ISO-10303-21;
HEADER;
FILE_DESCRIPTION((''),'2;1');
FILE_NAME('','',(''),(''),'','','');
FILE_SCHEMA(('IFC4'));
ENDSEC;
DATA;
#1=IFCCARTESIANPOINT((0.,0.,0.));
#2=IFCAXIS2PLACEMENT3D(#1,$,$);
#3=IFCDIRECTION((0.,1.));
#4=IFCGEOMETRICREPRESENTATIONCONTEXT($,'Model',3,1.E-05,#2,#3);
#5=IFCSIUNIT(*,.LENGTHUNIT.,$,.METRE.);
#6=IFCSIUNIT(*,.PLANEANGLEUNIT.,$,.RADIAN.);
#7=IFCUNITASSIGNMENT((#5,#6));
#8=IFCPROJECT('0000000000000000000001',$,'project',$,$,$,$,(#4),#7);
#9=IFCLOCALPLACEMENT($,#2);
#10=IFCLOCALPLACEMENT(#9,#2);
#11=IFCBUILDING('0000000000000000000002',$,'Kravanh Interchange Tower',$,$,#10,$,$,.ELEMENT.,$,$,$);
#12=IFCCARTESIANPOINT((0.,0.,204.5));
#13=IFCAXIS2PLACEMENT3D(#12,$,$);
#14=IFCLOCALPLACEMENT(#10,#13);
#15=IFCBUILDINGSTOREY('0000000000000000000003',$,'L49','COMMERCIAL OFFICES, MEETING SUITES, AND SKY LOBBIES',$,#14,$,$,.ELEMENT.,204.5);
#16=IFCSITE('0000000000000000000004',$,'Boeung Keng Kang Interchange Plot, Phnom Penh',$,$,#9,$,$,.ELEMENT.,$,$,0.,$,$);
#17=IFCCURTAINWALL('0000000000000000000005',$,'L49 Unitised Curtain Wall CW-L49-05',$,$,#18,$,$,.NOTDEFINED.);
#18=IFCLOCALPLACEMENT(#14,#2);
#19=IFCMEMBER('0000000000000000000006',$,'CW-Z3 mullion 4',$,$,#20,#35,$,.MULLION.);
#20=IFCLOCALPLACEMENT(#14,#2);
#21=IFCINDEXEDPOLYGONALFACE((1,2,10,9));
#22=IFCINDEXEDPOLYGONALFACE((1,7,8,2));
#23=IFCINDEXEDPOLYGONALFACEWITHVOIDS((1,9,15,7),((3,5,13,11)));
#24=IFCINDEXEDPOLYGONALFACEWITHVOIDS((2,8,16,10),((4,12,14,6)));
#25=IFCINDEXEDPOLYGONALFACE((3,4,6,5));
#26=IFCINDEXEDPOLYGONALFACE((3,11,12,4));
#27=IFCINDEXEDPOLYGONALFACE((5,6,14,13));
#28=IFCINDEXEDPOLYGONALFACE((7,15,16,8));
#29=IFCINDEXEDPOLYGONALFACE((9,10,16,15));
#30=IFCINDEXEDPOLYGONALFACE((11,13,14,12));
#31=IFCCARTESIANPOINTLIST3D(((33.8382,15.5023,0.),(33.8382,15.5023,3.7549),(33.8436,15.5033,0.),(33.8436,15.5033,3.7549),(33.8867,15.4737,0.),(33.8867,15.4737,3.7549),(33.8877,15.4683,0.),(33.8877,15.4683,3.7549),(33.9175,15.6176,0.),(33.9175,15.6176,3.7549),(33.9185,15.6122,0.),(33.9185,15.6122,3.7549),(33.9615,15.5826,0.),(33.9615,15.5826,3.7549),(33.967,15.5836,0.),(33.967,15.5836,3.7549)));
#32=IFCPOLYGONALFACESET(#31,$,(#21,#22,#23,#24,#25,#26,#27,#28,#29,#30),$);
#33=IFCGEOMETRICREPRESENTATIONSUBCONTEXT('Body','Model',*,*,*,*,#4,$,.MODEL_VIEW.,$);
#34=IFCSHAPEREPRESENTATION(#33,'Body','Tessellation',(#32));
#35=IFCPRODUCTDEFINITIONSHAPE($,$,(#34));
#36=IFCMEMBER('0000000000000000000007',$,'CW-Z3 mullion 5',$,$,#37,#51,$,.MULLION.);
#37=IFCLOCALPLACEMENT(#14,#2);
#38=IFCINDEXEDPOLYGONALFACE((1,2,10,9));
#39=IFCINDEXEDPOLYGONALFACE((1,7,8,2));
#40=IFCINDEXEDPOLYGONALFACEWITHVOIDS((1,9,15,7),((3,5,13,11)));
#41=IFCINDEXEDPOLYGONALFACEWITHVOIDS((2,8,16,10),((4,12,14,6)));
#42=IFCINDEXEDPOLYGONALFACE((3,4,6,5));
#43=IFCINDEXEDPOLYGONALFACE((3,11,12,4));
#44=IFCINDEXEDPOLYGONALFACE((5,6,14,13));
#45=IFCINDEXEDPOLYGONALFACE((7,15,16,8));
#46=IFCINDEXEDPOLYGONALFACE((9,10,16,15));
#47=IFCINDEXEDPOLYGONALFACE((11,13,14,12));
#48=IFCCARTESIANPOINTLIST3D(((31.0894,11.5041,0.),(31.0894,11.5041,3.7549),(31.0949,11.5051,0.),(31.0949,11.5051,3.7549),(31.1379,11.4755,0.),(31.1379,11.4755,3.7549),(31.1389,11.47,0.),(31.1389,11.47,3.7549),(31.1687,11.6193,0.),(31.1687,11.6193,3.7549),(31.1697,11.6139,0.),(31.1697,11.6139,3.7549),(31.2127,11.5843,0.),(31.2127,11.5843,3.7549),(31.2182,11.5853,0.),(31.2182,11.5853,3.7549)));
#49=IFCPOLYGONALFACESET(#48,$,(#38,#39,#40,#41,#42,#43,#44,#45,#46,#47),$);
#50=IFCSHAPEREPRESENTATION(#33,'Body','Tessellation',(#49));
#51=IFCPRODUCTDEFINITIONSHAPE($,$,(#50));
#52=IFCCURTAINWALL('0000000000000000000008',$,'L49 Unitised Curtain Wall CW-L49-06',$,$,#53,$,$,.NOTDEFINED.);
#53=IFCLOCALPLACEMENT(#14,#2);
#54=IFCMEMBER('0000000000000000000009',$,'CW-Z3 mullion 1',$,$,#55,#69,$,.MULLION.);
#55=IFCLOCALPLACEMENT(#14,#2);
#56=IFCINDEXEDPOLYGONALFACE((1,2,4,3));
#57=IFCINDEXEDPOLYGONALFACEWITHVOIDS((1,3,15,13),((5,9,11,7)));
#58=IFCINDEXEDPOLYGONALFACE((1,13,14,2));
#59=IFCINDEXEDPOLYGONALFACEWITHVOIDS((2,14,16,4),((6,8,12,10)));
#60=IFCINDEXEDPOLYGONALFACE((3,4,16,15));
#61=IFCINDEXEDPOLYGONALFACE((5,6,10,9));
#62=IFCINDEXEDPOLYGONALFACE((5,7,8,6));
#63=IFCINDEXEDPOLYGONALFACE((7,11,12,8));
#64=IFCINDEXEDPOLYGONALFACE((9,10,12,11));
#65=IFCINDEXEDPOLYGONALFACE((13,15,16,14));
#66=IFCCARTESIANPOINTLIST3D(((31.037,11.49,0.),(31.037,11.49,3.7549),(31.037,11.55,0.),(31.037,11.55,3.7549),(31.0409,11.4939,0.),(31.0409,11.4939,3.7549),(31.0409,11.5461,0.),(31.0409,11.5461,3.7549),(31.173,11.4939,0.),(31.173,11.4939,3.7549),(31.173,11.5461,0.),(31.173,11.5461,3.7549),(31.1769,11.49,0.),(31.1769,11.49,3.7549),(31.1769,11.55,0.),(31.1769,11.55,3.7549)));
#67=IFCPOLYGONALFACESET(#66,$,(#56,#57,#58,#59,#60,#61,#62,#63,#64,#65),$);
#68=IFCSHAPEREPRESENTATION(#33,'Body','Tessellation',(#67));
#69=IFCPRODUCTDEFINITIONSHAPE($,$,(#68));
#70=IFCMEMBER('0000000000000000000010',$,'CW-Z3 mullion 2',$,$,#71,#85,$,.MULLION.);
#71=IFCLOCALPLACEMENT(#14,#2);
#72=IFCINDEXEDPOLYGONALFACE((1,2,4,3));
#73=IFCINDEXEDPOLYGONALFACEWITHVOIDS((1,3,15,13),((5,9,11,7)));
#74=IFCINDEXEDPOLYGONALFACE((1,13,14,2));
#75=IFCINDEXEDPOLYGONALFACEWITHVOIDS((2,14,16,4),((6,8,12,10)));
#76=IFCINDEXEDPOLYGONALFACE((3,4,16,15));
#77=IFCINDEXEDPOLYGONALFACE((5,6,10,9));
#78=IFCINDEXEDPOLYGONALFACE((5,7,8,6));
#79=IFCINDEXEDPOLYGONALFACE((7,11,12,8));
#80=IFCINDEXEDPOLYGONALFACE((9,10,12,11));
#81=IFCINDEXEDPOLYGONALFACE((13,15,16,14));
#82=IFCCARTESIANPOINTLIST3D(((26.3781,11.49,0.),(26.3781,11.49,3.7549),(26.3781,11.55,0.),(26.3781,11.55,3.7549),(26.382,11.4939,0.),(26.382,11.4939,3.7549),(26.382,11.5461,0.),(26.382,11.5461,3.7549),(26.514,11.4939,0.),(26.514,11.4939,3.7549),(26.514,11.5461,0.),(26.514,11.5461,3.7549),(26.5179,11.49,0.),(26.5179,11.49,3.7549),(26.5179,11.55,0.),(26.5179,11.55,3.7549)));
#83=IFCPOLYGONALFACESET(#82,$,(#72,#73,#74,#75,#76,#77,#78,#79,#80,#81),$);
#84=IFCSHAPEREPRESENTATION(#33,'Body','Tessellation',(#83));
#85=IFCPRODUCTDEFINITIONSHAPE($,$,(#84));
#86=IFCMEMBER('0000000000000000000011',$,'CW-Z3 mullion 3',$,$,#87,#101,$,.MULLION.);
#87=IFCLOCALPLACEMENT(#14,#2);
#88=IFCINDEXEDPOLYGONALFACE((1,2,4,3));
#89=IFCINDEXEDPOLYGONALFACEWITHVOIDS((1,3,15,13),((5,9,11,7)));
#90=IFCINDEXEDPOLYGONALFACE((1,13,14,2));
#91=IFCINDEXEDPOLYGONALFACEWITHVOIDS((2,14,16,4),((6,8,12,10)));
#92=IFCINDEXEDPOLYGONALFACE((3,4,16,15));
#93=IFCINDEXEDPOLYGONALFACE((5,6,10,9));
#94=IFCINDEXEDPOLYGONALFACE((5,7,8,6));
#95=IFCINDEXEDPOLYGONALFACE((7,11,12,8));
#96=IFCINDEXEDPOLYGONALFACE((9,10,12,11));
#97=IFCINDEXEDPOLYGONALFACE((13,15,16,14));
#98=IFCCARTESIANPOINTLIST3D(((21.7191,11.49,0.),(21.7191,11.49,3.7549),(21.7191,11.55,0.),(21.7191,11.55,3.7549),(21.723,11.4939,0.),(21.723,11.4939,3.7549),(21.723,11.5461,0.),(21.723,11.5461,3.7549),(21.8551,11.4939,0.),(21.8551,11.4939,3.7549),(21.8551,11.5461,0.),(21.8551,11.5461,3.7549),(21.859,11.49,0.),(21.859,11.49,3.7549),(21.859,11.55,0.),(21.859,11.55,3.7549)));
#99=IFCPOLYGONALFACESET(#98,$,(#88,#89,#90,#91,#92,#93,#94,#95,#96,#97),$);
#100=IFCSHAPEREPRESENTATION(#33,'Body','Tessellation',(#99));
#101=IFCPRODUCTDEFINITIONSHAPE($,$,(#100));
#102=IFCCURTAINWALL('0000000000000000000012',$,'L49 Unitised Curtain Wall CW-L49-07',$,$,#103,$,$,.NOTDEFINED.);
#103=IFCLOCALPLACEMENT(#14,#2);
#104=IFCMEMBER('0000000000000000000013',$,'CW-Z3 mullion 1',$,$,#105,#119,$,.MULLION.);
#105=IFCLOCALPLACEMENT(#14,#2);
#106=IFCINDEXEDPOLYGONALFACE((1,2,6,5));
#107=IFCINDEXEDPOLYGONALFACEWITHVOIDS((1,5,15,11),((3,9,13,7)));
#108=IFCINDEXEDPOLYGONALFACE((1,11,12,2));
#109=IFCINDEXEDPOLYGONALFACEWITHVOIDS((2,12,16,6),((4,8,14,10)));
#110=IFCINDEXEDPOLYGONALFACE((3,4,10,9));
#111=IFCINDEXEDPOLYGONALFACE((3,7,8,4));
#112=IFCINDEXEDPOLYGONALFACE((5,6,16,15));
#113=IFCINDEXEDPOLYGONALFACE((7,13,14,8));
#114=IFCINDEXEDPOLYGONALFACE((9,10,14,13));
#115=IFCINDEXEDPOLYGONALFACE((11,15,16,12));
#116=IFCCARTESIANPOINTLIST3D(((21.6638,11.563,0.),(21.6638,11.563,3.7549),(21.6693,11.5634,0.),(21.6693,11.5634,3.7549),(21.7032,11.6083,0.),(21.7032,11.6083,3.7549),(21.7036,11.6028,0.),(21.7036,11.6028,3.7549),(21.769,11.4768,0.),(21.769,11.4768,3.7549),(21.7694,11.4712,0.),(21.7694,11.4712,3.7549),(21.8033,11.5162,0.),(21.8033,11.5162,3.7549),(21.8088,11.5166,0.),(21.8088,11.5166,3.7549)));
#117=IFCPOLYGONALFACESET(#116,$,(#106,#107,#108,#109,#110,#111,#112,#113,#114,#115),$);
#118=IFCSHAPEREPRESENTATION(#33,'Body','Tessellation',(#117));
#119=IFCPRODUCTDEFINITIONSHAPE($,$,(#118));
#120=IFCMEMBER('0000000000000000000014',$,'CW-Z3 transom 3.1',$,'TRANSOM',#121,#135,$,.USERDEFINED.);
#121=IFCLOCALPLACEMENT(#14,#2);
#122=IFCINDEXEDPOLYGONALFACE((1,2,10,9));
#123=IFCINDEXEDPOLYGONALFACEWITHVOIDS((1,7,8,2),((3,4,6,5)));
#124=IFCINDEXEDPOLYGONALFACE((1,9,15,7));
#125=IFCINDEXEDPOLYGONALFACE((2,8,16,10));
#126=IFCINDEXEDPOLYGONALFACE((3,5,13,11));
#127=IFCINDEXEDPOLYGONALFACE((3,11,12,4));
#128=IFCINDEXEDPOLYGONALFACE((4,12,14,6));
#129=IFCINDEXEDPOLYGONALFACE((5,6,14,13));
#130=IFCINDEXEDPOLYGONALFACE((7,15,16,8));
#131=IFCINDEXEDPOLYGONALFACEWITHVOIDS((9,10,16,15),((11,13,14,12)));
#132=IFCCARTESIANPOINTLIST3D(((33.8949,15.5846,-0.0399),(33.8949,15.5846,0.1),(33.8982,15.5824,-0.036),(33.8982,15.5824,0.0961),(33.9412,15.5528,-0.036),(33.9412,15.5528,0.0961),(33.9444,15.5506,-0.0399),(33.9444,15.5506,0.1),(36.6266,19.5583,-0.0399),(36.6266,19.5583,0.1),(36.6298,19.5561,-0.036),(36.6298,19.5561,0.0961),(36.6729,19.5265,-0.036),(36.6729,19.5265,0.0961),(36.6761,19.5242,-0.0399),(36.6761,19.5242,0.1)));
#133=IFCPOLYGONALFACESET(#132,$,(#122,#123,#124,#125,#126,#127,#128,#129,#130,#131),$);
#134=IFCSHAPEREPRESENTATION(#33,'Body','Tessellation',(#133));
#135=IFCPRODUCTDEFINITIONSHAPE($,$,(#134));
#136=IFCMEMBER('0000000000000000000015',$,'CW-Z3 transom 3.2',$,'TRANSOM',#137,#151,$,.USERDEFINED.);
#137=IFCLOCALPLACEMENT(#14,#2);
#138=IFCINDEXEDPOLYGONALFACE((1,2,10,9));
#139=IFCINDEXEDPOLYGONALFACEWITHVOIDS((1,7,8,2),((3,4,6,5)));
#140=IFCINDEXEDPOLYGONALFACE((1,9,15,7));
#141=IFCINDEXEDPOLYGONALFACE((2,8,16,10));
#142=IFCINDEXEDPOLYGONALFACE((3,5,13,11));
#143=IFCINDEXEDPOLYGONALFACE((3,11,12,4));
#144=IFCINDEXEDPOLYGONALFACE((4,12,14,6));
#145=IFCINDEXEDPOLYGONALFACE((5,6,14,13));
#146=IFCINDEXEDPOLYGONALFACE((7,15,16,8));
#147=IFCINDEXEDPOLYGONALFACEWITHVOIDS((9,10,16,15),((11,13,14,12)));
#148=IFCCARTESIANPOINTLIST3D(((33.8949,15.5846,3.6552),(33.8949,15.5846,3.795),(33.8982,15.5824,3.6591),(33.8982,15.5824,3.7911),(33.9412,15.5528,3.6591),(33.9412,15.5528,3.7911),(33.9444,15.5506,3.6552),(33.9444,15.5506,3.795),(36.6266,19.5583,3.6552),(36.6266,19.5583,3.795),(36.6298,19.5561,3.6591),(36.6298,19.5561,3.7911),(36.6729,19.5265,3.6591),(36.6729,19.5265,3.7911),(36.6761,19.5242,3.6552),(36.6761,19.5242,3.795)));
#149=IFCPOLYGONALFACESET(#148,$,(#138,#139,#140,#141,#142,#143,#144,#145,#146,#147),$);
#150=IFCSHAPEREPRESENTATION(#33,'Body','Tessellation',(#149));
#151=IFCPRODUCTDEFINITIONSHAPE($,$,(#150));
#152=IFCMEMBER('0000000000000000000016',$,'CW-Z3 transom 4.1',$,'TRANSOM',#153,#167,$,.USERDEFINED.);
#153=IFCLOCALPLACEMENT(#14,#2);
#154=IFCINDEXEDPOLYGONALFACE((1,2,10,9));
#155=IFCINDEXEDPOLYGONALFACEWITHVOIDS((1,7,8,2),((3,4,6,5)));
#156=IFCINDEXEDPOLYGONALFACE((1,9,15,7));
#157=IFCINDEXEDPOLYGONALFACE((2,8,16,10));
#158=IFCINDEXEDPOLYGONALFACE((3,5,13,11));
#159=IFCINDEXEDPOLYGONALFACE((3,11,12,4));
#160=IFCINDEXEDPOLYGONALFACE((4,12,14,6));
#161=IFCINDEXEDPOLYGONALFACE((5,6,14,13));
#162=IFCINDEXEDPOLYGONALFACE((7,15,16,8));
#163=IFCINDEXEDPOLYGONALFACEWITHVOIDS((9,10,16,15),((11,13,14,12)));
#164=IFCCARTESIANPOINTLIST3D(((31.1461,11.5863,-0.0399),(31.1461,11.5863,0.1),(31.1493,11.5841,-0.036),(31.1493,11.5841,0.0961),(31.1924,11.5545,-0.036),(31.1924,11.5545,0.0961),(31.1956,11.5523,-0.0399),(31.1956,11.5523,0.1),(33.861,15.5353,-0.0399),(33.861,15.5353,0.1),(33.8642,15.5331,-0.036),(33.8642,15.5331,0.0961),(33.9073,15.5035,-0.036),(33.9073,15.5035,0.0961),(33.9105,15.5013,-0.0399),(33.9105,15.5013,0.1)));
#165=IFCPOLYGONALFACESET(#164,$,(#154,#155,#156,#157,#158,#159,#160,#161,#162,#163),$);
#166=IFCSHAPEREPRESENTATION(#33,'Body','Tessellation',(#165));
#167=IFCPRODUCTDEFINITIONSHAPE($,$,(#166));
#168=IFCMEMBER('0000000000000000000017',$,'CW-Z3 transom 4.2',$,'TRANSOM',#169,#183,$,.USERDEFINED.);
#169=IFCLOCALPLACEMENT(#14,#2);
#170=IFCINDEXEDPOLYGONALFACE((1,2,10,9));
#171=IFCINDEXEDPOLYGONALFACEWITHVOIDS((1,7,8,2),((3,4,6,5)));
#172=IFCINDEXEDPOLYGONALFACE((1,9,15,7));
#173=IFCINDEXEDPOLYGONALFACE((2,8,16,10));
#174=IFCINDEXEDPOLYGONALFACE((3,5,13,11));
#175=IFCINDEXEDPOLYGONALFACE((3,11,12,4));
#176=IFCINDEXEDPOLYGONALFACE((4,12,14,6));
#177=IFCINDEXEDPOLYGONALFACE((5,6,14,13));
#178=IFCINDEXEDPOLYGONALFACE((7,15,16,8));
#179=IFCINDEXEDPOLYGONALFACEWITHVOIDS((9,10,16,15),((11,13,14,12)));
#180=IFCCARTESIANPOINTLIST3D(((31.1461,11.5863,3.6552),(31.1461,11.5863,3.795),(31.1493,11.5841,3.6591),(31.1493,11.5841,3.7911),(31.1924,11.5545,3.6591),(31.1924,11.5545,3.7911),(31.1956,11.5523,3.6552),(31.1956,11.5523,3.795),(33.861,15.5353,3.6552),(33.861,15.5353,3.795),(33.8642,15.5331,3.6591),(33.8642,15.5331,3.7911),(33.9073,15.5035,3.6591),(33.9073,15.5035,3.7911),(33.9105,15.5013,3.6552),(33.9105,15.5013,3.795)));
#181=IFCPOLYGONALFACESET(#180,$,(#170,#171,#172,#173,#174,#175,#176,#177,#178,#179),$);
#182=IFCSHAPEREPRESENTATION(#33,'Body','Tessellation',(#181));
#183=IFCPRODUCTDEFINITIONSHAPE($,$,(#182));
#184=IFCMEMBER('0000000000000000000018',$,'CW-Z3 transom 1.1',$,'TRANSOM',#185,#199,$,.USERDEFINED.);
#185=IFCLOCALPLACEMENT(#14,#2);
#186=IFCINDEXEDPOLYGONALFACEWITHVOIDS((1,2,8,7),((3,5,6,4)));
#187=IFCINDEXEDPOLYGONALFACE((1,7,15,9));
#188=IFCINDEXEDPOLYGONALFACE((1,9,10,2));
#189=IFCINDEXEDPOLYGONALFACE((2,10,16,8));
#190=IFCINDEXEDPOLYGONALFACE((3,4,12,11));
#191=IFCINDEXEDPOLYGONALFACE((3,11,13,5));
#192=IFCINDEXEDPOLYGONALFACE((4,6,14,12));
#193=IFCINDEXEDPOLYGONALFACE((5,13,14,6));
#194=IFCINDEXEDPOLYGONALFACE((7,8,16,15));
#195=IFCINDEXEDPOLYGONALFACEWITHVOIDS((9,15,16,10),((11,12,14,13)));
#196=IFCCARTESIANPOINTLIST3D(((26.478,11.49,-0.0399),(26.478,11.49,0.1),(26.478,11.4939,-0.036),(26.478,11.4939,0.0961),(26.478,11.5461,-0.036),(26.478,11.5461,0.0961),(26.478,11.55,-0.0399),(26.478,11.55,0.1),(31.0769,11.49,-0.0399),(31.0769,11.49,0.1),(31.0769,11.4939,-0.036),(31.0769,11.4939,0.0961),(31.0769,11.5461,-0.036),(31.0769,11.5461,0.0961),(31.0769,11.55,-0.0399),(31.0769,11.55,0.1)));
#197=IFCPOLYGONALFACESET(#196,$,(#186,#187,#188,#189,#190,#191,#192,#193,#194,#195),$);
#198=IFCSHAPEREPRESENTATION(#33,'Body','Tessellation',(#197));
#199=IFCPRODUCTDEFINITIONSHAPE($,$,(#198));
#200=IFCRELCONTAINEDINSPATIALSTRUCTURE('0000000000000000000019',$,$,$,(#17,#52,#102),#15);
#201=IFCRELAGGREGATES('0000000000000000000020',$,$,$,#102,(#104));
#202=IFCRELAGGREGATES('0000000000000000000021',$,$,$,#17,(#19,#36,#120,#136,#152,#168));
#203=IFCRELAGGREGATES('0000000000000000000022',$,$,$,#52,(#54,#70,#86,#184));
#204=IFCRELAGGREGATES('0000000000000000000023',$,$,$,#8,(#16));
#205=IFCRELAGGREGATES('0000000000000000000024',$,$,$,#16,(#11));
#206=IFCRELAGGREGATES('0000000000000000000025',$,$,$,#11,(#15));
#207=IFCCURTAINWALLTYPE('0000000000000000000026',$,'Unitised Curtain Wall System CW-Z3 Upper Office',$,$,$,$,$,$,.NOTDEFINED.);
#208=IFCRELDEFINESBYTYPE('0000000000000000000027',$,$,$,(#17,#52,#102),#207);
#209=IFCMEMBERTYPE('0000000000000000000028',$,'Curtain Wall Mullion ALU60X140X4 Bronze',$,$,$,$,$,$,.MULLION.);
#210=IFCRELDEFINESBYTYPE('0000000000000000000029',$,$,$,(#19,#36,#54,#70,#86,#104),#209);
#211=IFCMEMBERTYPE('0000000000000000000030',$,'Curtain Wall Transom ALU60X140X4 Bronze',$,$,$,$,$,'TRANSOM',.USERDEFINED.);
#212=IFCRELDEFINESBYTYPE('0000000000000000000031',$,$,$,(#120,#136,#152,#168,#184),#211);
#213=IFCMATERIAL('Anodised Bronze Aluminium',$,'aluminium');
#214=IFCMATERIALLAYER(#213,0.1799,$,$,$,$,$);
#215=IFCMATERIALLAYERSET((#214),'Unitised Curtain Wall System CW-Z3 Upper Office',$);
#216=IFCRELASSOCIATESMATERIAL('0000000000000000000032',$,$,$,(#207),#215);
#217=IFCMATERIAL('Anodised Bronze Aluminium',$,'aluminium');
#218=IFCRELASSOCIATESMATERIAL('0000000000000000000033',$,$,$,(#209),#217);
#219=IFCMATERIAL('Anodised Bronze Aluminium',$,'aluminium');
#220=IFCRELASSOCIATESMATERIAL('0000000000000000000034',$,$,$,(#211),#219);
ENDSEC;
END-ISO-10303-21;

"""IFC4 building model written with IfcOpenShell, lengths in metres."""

from ifc_helpers import new_model, si_unit, direction, frame, origin, origin_2d, place, context, subcontext, project, spatial, hollow_rectangle, extrude, material, layer, layer_set, material_profile, profile_set, type_object, element, aggregate, save


model = new_model("IFC4")

# Units and contexts
model_context = context("Model", 3, precision=1e-05, world=origin(), true_north=direction((0.0, 1.0)))
body_context = subcontext(model_context, "Body", "Model", "MODEL_VIEW")
ifc_project = project(units=[si_unit("LENGTHUNIT", "METRE"), si_unit("PLANEANGLEUNIT", "RADIAN")], contexts=[model_context])

# Site, building, storey
site_placement = place(None, origin())
site = spatial("IfcSite", under=ifc_project, at=site_placement, Name="Boeung Keng Kang Interchange Plot, Phnom Penh", CompositionType="ELEMENT", RefElevation=0.0)
building_placement = place(site_placement, origin())
building = spatial("IfcBuilding", under=site, at=building_placement, Name="Kravanh Interchange Tower", CompositionType="ELEMENT")
storey_placement = place(building_placement, frame((0.0, 0.0, 204.5)))
storey = spatial("IfcBuildingStorey", under=building, at=storey_placement, Name="L49", Description="COMMERCIAL OFFICES, MEETING SUITES, AND SKY LOBBIES", CompositionType="ELEMENT", Elevation=204.5)

# Curtain walls, members
ifc_material_1 = material(Name="Anodised Bronze Aluminium", Category="aluminium")
ifc_layer_1 = layer(ifc_material_1, 0.1799)
ifc_layer_set_1 = layer_set([ifc_layer_1], Name="Unitised Curtain Wall System CW-Z3 Upper Office")
curtain_wall_type = type_object("IfcCurtainWallType", Name="Unitised Curtain Wall System CW-Z3 Upper Office", PredefinedType="NOTDEFINED", material=ifc_layer_set_1)
curtain_wall_1_placement = place(storey_placement, origin())
curtain_wall_1 = element("IfcCurtainWall", 1, at=curtain_wall_1_placement, inside=storey, type_object=curtain_wall_type, Name="L49 Unitised Curtain Wall CW-L49-05", PredefinedType="NOTDEFINED")
ifc_material_2 = material(Name="Anodised Bronze Aluminium", Category="aluminium")
ifc_material_profile_1 = material_profile(ifc_material_2, hollow_rectangle(XDim=0.0601, YDim=0.1399, WallThickness=0.0039, at=origin_2d()), Name="ALU60X140X4")
ifc_profile_set_1 = profile_set([ifc_material_profile_1], Name="Anodised Bronze Aluminium")
member_type_1 = type_object("IfcMemberType", Name="Curtain Wall Mullion ALU60X140X4 Bronze", PredefinedType="MULLION", material=ifc_profile_set_1)
member_1_placement = place(storey_placement, frame((33.9026, 15.543, 0.0), z_axis=(0.0, 0.0, 1.0), x_axis=(0.824042, -0.566528, 0.0)))
member_1 = element("IfcMember", 2, at=member_1_placement, type_object=member_type_1, Name="CW-Z3 mullion 4", PredefinedType="MULLION", context=body_context, shape_type="SweptSolid", body=[
    extrude(hollow_rectangle(XDim=0.0601, YDim=0.1399, WallThickness=0.0039, at=origin_2d()), origin(), (0.0, 0.0, 1.0), 3.7549),
])
member_2_placement = place(storey_placement, frame((31.1538, 11.5447, 0.0), z_axis=(0.0, 0.0, 1.0), x_axis=(0.824042, -0.566528, 0.0)))
member_2 = element("IfcMember", 3, at=member_2_placement, type_object=member_type_1, Name="CW-Z3 mullion 5", PredefinedType="MULLION", context=body_context, shape_type="SweptSolid", body=[
    extrude(hollow_rectangle(XDim=0.0601, YDim=0.1399, WallThickness=0.0039, at=origin_2d()), origin(), (0.0, 0.0, 1.0), 3.7549),
])
curtain_wall_2_placement = place(storey_placement, origin())
curtain_wall_2 = element("IfcCurtainWall", 4, at=curtain_wall_2_placement, inside=storey, type_object=curtain_wall_type, Name="L49 Unitised Curtain Wall CW-L49-06", PredefinedType="NOTDEFINED")
member_3_placement = place(storey_placement, frame((31.1069, 11.52, 0.0), z_axis=(0.0, 0.0, 1.0), x_axis=(0.0, -1.0, 0.0)))
member_3 = element("IfcMember", 5, at=member_3_placement, type_object=member_type_1, Name="CW-Z3 mullion 1", PredefinedType="MULLION", context=body_context, shape_type="SweptSolid", body=[
    extrude(hollow_rectangle(XDim=0.0601, YDim=0.1399, WallThickness=0.0039, at=origin_2d()), origin(), (0.0, 0.0, 1.0), 3.7549),
])
member_4_placement = place(storey_placement, frame((26.448, 11.52, 0.0), z_axis=(0.0, 0.0, 1.0), x_axis=(0.0, -1.0, 0.0)))
member_4 = element("IfcMember", 6, at=member_4_placement, type_object=member_type_1, Name="CW-Z3 mullion 2", PredefinedType="MULLION", context=body_context, shape_type="SweptSolid", body=[
    extrude(hollow_rectangle(XDim=0.0601, YDim=0.1399, WallThickness=0.0039, at=origin_2d()), origin(), (0.0, 0.0, 1.0), 3.7549),
])
member_5_placement = place(storey_placement, frame((21.7891, 11.52, 0.0), z_axis=(0.0, 0.0, 1.0), x_axis=(0.0, -1.0, 0.0)))
member_5 = element("IfcMember", 7, at=member_5_placement, type_object=member_type_1, Name="CW-Z3 mullion 3", PredefinedType="MULLION", context=body_context, shape_type="SweptSolid", body=[
    extrude(hollow_rectangle(XDim=0.0601, YDim=0.1399, WallThickness=0.0039, at=origin_2d()), origin(), (0.0, 0.0, 1.0), 3.7549),
])

# Curtain wall, member
curtain_wall_3_placement = place(storey_placement, origin())
curtain_wall_3 = element("IfcCurtainWall", 8, at=curtain_wall_3_placement, inside=storey, type_object=curtain_wall_type, Name="L49 Unitised Curtain Wall CW-L49-07", PredefinedType="NOTDEFINED")
member_6_placement = place(storey_placement, frame((21.7363, 11.5398, 0.0), z_axis=(0.0, 0.0, 1.0), x_axis=(-0.656051, -0.754717, 0.0)))
member_6 = element("IfcMember", 9, at=member_6_placement, type_object=member_type_1, Name="CW-Z3 mullion 1", PredefinedType="MULLION", context=body_context, shape_type="SweptSolid", body=[
    extrude(hollow_rectangle(XDim=0.0601, YDim=0.1399, WallThickness=0.0039, at=origin_2d()), origin(), (0.0, 0.0, 1.0), 3.7549),
])

# Members
ifc_material_3 = material(Name="Anodised Bronze Aluminium", Category="aluminium")
ifc_material_profile_2 = material_profile(ifc_material_3, hollow_rectangle(XDim=0.0601, YDim=0.1399, WallThickness=0.0039, at=origin_2d()), Name="ALU60X140X4")
ifc_profile_set_2 = profile_set([ifc_material_profile_2], Name="Anodised Bronze Aluminium")
member_type_2 = type_object("IfcMemberType", Name="Curtain Wall Transom ALU60X140X4 Bronze", ElementType="TRANSOM", PredefinedType="USERDEFINED", material=ifc_profile_set_2)
member_7_placement = place(storey_placement, frame((36.6514, 19.5413, 0.03), z_axis=(-0.566503, -0.82406, 0.0), x_axis=(0.82406, -0.566503, 0.0)))
member_7 = element("IfcMember", 10, at=member_7_placement, type_object=member_type_2, Name="CW-Z3 transom 3.1", ObjectType="TRANSOM", PredefinedType="USERDEFINED", context=body_context, shape_type="SweptSolid", body=[
    extrude(hollow_rectangle(XDim=0.0601, YDim=0.1399, WallThickness=0.0039, at=origin_2d()), origin(), (0.0, 0.0, 1.0), 4.822),
])
member_8_placement = place(storey_placement, frame((36.6514, 19.5413, 3.7251), z_axis=(-0.566503, -0.82406, 0.0), x_axis=(0.82406, -0.566503, 0.0)))
member_8 = element("IfcMember", 11, at=member_8_placement, type_object=member_type_2, Name="CW-Z3 transom 3.2", ObjectType="TRANSOM", PredefinedType="USERDEFINED", context=body_context, shape_type="SweptSolid", body=[
    extrude(hollow_rectangle(XDim=0.0601, YDim=0.1399, WallThickness=0.0039, at=origin_2d()), origin(), (0.0, 0.0, 1.0), 4.822),
])
member_9_placement = place(storey_placement, frame((33.8857, 15.5183, 0.03), z_axis=(-0.566518, -0.824049, 0.0), x_axis=(0.824049, -0.566518, 0.0)))
member_9 = element("IfcMember", 12, at=member_9_placement, type_object=member_type_2, Name="CW-Z3 transom 4.1", ObjectType="TRANSOM", PredefinedType="USERDEFINED", context=body_context, shape_type="SweptSolid", body=[
    extrude(hollow_rectangle(XDim=0.0601, YDim=0.1399, WallThickness=0.0039, at=origin_2d()), origin(), (0.0, 0.0, 1.0), 4.7922),
])
member_10_placement = place(storey_placement, frame((33.8857, 15.5183, 3.7251), z_axis=(-0.566518, -0.824049, 0.0), x_axis=(0.824049, -0.566518, 0.0)))
member_10 = element("IfcMember", 13, at=member_10_placement, type_object=member_type_2, Name="CW-Z3 transom 4.2", ObjectType="TRANSOM", PredefinedType="USERDEFINED", context=body_context, shape_type="SweptSolid", body=[
    extrude(hollow_rectangle(XDim=0.0601, YDim=0.1399, WallThickness=0.0039, at=origin_2d()), origin(), (0.0, 0.0, 1.0), 4.7922),
])
member_11_placement = place(storey_placement, frame((31.0769, 11.52, 0.03), z_axis=(-1.0, 0.0, 0.0), x_axis=(0.0, -1.0, 0.0)))
member_11 = element("IfcMember", 14, at=member_11_placement, type_object=member_type_2, Name="CW-Z3 transom 1.1", ObjectType="TRANSOM", PredefinedType="USERDEFINED", context=body_context, shape_type="SweptSolid", body=[
    extrude(hollow_rectangle(XDim=0.0601, YDim=0.1399, WallThickness=0.0039, at=origin_2d()), origin(), (0.0, 0.0, 1.0), 4.5989),
])
aggregate(curtain_wall_3, [member_6])

aggregate(curtain_wall_1, [member_1, member_2, member_7, member_8, member_9, member_10])
aggregate(curtain_wall_2, [member_3, member_4, member_5, member_11])

save(model, "model.ifc")
